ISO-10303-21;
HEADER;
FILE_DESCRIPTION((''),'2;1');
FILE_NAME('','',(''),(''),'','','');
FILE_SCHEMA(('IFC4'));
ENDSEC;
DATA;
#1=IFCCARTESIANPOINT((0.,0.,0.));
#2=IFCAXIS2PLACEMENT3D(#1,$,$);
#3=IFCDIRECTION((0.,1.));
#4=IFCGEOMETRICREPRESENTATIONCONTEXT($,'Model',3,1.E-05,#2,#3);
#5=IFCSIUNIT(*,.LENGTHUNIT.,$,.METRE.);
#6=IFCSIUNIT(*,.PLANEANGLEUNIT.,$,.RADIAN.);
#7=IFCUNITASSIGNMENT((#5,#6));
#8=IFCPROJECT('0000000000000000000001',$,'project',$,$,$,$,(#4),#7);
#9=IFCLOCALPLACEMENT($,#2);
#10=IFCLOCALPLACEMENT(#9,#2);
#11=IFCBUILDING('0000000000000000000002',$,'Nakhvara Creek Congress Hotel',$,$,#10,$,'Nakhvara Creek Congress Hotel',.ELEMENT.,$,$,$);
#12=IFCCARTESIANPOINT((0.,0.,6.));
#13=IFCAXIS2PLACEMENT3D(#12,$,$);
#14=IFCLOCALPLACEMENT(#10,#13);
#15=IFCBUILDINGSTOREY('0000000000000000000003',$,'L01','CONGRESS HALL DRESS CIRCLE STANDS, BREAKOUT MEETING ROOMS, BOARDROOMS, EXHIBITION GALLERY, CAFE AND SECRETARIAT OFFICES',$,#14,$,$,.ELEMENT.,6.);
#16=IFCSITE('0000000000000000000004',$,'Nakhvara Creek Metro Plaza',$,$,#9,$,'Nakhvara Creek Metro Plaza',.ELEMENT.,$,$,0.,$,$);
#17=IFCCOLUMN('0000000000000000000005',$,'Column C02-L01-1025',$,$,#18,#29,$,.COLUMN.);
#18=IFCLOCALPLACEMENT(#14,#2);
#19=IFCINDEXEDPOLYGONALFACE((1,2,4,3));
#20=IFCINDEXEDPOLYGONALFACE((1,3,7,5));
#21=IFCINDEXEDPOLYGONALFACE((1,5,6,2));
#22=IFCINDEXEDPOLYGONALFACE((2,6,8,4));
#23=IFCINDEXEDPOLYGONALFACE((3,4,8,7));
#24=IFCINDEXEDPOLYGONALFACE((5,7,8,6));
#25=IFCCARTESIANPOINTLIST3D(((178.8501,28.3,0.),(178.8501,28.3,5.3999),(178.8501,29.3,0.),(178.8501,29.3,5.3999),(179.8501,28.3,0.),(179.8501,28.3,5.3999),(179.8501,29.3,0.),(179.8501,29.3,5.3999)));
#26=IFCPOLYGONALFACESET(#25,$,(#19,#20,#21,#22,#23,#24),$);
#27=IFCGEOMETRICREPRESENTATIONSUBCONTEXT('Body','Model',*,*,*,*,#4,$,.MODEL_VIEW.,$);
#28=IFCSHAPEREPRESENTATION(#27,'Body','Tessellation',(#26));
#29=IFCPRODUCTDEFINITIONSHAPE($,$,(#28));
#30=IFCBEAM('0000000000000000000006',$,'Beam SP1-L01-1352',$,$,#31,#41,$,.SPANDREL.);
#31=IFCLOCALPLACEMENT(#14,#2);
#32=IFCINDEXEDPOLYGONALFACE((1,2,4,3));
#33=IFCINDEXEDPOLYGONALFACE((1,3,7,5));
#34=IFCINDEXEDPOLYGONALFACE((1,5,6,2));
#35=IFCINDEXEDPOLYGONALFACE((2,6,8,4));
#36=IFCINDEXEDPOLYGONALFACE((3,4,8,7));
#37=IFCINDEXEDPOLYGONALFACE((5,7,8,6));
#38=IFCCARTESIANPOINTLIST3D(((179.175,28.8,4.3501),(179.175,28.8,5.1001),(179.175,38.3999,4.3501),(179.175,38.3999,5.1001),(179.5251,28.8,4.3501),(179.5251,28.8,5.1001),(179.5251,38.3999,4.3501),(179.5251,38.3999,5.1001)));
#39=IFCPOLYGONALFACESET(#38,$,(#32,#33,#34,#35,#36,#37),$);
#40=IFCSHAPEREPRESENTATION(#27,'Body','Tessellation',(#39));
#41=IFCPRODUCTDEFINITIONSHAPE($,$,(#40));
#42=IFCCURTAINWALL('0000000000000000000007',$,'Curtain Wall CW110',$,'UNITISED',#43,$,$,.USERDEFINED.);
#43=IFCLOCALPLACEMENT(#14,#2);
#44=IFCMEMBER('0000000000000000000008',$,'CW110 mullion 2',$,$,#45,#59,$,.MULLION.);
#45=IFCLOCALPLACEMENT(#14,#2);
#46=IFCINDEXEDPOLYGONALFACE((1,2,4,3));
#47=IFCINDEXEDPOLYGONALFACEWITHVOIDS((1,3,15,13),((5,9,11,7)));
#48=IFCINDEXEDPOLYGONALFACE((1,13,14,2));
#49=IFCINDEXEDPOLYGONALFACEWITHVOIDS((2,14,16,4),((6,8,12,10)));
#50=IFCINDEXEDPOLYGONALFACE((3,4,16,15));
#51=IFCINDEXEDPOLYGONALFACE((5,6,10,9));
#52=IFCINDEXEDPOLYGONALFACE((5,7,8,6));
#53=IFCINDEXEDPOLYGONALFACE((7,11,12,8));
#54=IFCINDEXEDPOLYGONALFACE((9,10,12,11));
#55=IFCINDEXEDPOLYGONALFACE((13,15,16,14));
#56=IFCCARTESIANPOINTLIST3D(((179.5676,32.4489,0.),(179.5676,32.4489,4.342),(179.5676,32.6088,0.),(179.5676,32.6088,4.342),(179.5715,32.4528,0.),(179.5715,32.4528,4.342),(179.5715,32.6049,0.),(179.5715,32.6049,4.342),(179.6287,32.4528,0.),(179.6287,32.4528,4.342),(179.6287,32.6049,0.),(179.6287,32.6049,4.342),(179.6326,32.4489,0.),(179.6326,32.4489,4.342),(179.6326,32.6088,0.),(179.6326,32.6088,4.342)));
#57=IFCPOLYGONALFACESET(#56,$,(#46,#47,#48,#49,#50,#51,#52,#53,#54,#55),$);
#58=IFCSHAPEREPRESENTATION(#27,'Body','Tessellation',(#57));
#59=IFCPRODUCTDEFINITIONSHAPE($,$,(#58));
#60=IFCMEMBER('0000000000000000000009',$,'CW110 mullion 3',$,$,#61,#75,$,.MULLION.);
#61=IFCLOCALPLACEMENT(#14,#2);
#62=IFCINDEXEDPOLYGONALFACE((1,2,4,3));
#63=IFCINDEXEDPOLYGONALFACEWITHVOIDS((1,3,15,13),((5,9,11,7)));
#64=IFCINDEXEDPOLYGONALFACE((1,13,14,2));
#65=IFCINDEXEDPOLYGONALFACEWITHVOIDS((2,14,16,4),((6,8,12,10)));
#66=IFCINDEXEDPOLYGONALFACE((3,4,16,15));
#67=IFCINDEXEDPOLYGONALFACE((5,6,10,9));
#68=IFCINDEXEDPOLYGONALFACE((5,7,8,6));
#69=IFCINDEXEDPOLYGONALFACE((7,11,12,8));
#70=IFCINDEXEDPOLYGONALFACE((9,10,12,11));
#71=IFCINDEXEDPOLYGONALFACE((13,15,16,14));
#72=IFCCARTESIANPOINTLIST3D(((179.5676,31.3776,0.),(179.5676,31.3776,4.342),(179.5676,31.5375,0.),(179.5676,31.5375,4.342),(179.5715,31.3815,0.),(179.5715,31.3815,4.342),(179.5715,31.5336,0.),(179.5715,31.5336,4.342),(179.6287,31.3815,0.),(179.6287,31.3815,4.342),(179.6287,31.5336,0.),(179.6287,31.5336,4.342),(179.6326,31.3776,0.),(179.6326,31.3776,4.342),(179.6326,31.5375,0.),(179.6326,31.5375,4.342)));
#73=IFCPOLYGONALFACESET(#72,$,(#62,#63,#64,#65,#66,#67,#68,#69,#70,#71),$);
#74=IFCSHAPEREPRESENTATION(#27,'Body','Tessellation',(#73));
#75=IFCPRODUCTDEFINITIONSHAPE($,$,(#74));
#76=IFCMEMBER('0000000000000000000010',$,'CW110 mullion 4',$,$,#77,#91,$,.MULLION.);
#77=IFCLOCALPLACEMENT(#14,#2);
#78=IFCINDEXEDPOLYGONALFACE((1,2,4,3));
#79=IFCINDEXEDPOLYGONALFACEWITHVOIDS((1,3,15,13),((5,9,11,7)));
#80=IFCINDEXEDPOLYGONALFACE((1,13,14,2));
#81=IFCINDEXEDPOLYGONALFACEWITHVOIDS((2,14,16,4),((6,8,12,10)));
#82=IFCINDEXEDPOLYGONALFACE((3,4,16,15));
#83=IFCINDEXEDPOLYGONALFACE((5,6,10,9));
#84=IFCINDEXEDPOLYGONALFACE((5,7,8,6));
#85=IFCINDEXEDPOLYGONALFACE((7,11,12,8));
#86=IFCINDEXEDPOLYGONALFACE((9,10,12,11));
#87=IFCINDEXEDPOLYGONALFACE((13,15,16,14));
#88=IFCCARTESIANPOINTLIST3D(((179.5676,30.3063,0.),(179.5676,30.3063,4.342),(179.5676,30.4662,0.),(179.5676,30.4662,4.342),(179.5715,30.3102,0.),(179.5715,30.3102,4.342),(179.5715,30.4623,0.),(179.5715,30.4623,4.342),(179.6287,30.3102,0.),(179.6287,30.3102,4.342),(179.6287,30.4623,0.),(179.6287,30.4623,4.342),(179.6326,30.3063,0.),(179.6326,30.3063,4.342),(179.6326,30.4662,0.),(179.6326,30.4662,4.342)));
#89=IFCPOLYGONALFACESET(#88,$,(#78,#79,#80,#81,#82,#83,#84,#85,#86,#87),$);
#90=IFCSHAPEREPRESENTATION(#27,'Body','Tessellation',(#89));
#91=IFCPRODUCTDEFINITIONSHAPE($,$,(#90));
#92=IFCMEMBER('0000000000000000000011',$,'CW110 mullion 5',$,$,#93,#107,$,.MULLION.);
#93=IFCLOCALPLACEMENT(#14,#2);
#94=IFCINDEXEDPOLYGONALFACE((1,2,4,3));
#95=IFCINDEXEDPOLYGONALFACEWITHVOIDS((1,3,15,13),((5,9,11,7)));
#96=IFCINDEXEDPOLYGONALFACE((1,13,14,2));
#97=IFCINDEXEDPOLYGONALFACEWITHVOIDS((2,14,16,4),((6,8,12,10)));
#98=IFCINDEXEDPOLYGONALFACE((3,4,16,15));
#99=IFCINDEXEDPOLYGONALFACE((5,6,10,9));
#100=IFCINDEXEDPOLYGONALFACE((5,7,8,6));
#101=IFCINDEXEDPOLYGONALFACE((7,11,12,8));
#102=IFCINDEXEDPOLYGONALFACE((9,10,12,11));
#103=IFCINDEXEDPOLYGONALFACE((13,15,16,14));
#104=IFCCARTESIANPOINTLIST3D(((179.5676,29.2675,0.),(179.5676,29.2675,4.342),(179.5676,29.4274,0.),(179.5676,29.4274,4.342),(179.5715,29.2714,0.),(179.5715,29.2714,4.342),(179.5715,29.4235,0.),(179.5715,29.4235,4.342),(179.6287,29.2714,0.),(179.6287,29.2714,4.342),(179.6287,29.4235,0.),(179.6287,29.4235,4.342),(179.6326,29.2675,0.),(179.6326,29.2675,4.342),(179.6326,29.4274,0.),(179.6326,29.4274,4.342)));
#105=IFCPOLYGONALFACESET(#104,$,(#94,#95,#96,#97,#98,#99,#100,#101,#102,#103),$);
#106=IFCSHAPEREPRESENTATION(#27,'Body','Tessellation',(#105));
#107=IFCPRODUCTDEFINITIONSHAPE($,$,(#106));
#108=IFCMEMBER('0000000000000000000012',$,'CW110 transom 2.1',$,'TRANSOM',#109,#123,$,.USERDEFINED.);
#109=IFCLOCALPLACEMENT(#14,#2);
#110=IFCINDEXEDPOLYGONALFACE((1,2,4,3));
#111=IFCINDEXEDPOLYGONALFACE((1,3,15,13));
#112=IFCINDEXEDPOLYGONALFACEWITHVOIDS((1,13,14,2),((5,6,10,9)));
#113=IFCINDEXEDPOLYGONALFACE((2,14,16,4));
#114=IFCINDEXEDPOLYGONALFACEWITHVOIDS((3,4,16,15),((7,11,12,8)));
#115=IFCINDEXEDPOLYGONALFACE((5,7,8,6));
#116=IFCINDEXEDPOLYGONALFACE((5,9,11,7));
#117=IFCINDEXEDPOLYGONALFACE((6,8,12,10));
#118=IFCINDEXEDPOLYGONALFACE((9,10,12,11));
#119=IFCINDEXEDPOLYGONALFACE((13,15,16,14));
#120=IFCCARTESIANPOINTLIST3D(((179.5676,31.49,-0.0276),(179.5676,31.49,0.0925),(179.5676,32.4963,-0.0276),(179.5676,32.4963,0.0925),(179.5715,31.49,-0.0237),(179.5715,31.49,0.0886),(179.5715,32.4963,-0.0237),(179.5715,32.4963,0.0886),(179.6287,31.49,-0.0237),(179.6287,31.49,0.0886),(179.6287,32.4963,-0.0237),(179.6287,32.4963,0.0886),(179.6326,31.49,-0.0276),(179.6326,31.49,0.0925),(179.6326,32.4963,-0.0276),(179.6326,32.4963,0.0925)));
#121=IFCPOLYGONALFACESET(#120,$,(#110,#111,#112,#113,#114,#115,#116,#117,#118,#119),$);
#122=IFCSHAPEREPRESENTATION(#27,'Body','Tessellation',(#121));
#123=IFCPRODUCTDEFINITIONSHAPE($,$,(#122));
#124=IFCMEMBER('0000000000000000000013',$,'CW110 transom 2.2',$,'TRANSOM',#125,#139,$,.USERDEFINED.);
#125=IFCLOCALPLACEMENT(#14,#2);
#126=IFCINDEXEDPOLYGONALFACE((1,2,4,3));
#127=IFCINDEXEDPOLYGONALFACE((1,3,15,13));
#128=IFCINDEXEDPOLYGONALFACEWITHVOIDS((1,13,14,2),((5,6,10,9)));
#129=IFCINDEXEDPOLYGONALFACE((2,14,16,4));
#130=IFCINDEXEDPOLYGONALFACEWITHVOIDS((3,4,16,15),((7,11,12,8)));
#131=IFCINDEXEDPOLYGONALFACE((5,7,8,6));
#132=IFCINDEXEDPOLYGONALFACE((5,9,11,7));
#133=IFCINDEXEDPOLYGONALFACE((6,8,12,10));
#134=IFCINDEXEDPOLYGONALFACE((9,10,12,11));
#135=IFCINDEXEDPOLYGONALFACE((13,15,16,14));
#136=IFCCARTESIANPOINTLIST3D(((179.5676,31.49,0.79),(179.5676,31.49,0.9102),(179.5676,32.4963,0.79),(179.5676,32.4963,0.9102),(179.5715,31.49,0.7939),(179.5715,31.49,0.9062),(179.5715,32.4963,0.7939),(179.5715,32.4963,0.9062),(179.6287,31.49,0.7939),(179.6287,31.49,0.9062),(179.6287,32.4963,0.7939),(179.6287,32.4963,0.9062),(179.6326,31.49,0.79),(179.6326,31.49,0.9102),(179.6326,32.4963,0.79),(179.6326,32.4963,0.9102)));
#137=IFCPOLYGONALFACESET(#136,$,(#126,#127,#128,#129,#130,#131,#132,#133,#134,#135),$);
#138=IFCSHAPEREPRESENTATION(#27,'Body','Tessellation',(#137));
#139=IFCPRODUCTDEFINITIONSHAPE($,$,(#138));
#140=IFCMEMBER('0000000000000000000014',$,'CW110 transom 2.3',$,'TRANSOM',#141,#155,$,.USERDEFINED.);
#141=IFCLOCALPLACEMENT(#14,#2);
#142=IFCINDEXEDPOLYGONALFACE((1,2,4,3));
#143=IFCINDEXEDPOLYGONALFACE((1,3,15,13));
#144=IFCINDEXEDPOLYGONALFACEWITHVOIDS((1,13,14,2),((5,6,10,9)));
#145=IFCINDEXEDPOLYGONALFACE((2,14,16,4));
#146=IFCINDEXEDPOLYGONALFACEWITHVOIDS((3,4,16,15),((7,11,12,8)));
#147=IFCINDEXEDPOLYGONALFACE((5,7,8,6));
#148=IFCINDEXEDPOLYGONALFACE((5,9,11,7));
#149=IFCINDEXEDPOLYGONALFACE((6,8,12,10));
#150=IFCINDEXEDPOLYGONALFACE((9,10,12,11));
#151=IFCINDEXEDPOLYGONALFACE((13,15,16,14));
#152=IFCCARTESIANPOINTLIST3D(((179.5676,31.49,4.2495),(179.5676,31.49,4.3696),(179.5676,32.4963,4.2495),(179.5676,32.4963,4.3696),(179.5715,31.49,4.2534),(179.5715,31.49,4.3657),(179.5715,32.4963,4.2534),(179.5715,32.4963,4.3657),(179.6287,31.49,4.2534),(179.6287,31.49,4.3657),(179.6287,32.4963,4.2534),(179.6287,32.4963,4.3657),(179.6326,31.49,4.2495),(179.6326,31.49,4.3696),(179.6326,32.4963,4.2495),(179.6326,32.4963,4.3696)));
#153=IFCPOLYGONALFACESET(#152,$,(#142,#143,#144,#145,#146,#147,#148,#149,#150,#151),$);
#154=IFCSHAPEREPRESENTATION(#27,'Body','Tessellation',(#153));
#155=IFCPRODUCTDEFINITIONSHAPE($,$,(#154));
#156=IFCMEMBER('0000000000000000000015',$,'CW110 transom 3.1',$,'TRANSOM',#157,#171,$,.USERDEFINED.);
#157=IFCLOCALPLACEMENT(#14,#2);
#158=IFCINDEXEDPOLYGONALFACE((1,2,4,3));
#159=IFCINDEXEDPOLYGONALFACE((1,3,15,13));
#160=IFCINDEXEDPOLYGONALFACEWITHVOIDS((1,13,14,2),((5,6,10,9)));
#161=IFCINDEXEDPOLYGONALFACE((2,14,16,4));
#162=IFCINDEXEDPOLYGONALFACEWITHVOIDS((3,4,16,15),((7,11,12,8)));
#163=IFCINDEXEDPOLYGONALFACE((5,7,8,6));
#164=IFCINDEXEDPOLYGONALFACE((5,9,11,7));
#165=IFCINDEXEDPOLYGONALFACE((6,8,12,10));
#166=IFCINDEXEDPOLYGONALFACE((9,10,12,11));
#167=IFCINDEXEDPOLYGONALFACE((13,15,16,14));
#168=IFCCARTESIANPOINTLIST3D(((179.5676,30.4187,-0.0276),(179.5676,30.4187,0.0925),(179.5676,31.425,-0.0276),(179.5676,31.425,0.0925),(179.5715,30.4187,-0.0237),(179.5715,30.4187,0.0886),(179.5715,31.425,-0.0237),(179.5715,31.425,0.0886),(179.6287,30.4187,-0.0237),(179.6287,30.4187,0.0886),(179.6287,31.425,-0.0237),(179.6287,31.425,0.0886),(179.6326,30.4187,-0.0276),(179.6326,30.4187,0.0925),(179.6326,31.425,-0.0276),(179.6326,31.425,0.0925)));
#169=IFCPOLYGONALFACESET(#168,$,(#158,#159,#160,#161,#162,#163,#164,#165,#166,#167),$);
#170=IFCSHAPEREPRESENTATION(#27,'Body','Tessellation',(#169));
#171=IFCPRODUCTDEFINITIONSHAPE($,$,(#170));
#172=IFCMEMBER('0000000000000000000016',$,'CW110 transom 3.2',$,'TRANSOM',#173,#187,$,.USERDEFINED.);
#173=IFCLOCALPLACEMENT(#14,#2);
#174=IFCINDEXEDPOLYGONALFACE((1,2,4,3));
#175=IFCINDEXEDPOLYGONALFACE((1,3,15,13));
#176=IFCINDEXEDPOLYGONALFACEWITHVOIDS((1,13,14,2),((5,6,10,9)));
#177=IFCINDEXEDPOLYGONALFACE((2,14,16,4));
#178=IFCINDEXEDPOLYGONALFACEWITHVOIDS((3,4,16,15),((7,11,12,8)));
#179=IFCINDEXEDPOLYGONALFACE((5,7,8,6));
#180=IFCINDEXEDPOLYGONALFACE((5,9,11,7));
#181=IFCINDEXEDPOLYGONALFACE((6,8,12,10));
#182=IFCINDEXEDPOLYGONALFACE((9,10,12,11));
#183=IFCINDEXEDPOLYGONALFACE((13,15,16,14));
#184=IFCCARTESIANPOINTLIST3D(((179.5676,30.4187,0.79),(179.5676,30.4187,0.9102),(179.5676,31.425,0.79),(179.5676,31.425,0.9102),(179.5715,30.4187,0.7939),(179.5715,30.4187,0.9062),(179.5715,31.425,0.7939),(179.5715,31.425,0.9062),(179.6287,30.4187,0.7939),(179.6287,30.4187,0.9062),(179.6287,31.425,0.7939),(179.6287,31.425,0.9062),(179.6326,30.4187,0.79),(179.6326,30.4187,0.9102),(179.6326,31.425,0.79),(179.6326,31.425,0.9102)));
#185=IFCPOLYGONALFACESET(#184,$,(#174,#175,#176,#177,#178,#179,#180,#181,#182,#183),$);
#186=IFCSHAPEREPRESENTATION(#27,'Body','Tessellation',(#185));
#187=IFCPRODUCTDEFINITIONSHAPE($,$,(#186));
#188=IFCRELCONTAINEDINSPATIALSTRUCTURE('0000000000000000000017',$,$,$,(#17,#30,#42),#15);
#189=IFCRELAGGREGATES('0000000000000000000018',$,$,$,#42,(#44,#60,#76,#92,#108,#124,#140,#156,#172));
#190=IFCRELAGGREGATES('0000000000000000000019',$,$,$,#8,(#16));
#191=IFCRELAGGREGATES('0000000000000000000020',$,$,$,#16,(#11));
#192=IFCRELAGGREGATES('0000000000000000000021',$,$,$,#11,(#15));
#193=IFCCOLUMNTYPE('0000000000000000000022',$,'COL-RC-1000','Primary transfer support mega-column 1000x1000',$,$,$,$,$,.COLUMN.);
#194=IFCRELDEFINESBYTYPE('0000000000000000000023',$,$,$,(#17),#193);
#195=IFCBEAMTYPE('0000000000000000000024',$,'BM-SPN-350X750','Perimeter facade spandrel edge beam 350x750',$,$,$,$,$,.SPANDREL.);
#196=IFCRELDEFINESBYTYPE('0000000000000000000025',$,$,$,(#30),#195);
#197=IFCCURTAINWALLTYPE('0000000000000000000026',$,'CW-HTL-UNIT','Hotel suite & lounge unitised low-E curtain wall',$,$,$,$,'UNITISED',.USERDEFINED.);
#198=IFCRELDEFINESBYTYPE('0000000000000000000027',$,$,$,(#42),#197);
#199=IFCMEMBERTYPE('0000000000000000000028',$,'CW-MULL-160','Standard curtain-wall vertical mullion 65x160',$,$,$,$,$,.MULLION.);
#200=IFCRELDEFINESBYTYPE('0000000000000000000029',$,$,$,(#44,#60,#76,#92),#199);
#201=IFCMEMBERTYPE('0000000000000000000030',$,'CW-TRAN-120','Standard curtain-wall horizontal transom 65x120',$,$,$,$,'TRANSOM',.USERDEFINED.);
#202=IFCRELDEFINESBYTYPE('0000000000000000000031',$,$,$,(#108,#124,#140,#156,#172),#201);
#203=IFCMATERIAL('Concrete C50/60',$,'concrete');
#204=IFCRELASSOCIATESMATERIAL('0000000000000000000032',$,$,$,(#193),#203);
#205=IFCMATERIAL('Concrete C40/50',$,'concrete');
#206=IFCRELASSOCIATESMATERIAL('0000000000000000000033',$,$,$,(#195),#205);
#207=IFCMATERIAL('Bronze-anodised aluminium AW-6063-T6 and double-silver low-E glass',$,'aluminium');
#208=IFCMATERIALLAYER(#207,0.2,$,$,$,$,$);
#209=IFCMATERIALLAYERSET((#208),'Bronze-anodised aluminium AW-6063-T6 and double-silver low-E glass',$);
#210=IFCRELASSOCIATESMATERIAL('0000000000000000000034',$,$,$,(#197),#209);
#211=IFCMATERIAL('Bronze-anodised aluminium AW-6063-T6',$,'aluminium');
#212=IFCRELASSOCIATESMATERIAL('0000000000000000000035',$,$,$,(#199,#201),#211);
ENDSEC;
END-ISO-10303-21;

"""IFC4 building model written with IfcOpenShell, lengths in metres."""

from ifc_helpers import new_model, si_unit, direction, frame, origin, origin_2d, place, context, subcontext, project, spatial, rectangle, hollow_rectangle, extrude, material, layer, layer_set, material_profile, profile_set, type_object, element, aggregate, save


model = new_model("IFC4")

# Units and contexts
model_context = context("Model", 3, precision=1e-05, world=origin(), true_north=direction((0.0, 1.0)))
body_context = subcontext(model_context, "Body", "Model", "MODEL_VIEW")
ifc_project = project(units=[si_unit("LENGTHUNIT", "METRE"), si_unit("PLANEANGLEUNIT", "RADIAN")], contexts=[model_context])

# Site, building, storey
site_placement = place(None, origin())
site = spatial("IfcSite", under=ifc_project, at=site_placement, Name="Nakhvara Creek Metro Plaza", LongName="Nakhvara Creek Metro Plaza", CompositionType="ELEMENT", RefElevation=0.0)
building_placement = place(site_placement, origin())
building = spatial("IfcBuilding", under=site, at=building_placement, Name="Nakhvara Creek Congress Hotel", LongName="Nakhvara Creek Congress Hotel", CompositionType="ELEMENT")
storey_placement = place(building_placement, frame((0.0, 0.0, 6.0)))
storey = spatial("IfcBuildingStorey", under=building, at=storey_placement, Name="L01", Description="CONGRESS HALL DRESS CIRCLE STANDS, BREAKOUT MEETING ROOMS, BOARDROOMS, EXHIBITION GALLERY, CAFE AND SECRETARIAT OFFICES", CompositionType="ELEMENT", Elevation=6.0)

# Column
ifc_material_1 = material(Name="Concrete C50/60", Category="concrete")
ifc_material_profile_1 = material_profile(ifc_material_1, rectangle(XDim=1.0, YDim=1.0, at=origin_2d()), Name="RC-COL 1000x1000", Category="LoadBearing")
ifc_profile_set_1 = profile_set([ifc_material_profile_1], Name="Concrete C50/60")
column_type = type_object("IfcColumnType", Name="COL-RC-1000", Description="Primary transfer support mega-column 1000x1000", PredefinedType="COLUMN", material=ifc_profile_set_1)
column_placement = place(storey_placement, frame((179.3501, 28.8, 0.0), z_axis=(0.0, 0.0, 1.0), x_axis=(1.0, 0.0, 0.0)))
element("IfcColumn", 1, at=column_placement, inside=storey, type_object=column_type, Name="Column C02-L01-1025", PredefinedType="COLUMN", context=body_context, shape_type="SweptSolid", body=[
    extrude(rectangle(XDim=1.0, YDim=1.0, at=origin_2d()), origin(), (0.0, 0.0, 1.0), 5.3999),
])

# Beam
ifc_material_2 = material(Name="Concrete C40/50", Category="concrete")
ifc_material_profile_2 = material_profile(ifc_material_2, rectangle(XDim=0.3501, YDim=0.75, at=origin_2d()), Name="RC-SPANDREL 350x750", Category="LoadBearing")
ifc_profile_set_2 = profile_set([ifc_material_profile_2], Name="Concrete C40/50")
beam_type = type_object("IfcBeamType", Name="BM-SPN-350X750", Description="Perimeter facade spandrel edge beam 350x750", PredefinedType="SPANDREL", material=ifc_profile_set_2)
beam_placement = place(storey_placement, frame((179.3501, 28.8, 4.7251), z_axis=(0.0, 1.0, 0.0), x_axis=(-1.0, 0.0, 0.0)))
element("IfcBeam", 2, at=beam_placement, inside=storey, type_object=beam_type, Name="Beam SP1-L01-1352", PredefinedType="SPANDREL", context=body_context, shape_type="SweptSolid", body=[
    extrude(rectangle(XDim=0.3501, YDim=0.75, at=origin_2d()), origin(), (0.0, 0.0, 1.0), 9.5999),
])

# Curtain wall, members
ifc_material_3 = material(Name="Bronze-anodised aluminium AW-6063-T6 and double-silver low-E glass", Category="aluminium")
ifc_layer_1 = layer(ifc_material_3, 0.2)
ifc_layer_set_1 = layer_set([ifc_layer_1], Name="Bronze-anodised aluminium AW-6063-T6 and double-silver low-E glass")
curtain_wall_type = type_object("IfcCurtainWallType", Name="CW-HTL-UNIT", Description="Hotel suite & lounge unitised low-E curtain wall", ElementType="UNITISED", PredefinedType="USERDEFINED", material=ifc_layer_set_1)
curtain_wall_placement = place(storey_placement, origin())
curtain_wall = element("IfcCurtainWall", 3, at=curtain_wall_placement, inside=storey, type_object=curtain_wall_type, Name="Curtain Wall CW110", ObjectType="UNITISED", PredefinedType="USERDEFINED")
ifc_material_4 = material(Name="Bronze-anodised aluminium AW-6063-T6", Category="aluminium")
ifc_material_profile_3 = material_profile(ifc_material_4, hollow_rectangle(XDim=0.0649, YDim=0.1599, WallThickness=0.0039, at=origin_2d()), Name="ALU-MULL 65x160x4", Category="LoadBearing")
ifc_profile_set_3 = profile_set([ifc_material_profile_3], Name="Bronze-anodised aluminium AW-6063-T6")
member_type_1 = type_object("IfcMemberType", Name="CW-MULL-160", Description="Standard curtain-wall vertical mullion 65x160", PredefinedType="MULLION", material=ifc_profile_set_3)
member_1_placement = place(storey_placement, frame((179.6001, 32.5288, 0.0), z_axis=(0.0, 0.0, 1.0), x_axis=(1.0, 0.0, 0.0)))
member_1 = element("IfcMember", 4, at=member_1_placement, type_object=member_type_1, Name="CW110 mullion 2", PredefinedType="MULLION", context=body_context, shape_type="SweptSolid", body=[
    extrude(hollow_rectangle(XDim=0.0649, YDim=0.1599, WallThickness=0.0039, at=origin_2d()), origin(), (0.0, 0.0, 1.0), 4.342),
])
member_2_placement = place(storey_placement, frame((179.6001, 31.4575, 0.0), z_axis=(0.0, 0.0, 1.0), x_axis=(1.0, 0.0, 0.0)))
member_2 = element("IfcMember", 5, at=member_2_placement, type_object=member_type_1, Name="CW110 mullion 3", PredefinedType="MULLION", context=body_context, shape_type="SweptSolid", body=[
    extrude(hollow_rectangle(XDim=0.0649, YDim=0.1599, WallThickness=0.0039, at=origin_2d()), origin(), (0.0, 0.0, 1.0), 4.342),
])
member_3_placement = place(storey_placement, frame((179.6001, 30.3862, 0.0), z_axis=(0.0, 0.0, 1.0), x_axis=(1.0, 0.0, 0.0)))
member_3 = element("IfcMember", 6, at=member_3_placement, type_object=member_type_1, Name="CW110 mullion 4", PredefinedType="MULLION", context=body_context, shape_type="SweptSolid", body=[
    extrude(hollow_rectangle(XDim=0.0649, YDim=0.1599, WallThickness=0.0039, at=origin_2d()), origin(), (0.0, 0.0, 1.0), 4.342),
])
member_4_placement = place(storey_placement, frame((179.6001, 29.3474, 0.0), z_axis=(0.0, 0.0, 1.0), x_axis=(1.0, 0.0, 0.0)))
member_4 = element("IfcMember", 7, at=member_4_placement, type_object=member_type_1, Name="CW110 mullion 5", PredefinedType="MULLION", context=body_context, shape_type="SweptSolid", body=[
    extrude(hollow_rectangle(XDim=0.0649, YDim=0.1599, WallThickness=0.0039, at=origin_2d()), origin(), (0.0, 0.0, 1.0), 4.342),
])
ifc_material_profile_4 = material_profile(ifc_material_4, hollow_rectangle(XDim=0.0649, YDim=0.1201, WallThickness=0.0039, at=origin_2d()), Name="ALU-TRAN 65x120x4", Category="LoadBearing")
ifc_profile_set_4 = profile_set([ifc_material_profile_4], Name="Bronze-anodised aluminium AW-6063-T6")
member_type_2 = type_object("IfcMemberType", Name="CW-TRAN-120", Description="Standard curtain-wall horizontal transom 65x120", ElementType="TRANSOM", PredefinedType="USERDEFINED", material=ifc_profile_set_4)
member_5_placement = place(storey_placement, frame((179.6001, 32.4963, 0.0325), z_axis=(0.0, -1.0, 0.0), x_axis=(1.0, 0.0, 0.0)))
member_5 = element("IfcMember", 8, at=member_5_placement, type_object=member_type_2, Name="CW110 transom 2.1", ObjectType="TRANSOM", PredefinedType="USERDEFINED", context=body_context, shape_type="SweptSolid", body=[
    extrude(hollow_rectangle(XDim=0.0649, YDim=0.1201, WallThickness=0.0039, at=origin_2d()), origin(), (0.0, 0.0, 1.0), 1.0063),
])
member_6_placement = place(storey_placement, frame((179.6001, 32.4963, 0.8501), z_axis=(0.0, -1.0, 0.0), x_axis=(1.0, 0.0, 0.0)))
member_6 = element("IfcMember", 9, at=member_6_placement, type_object=member_type_2, Name="CW110 transom 2.2", ObjectType="TRANSOM", PredefinedType="USERDEFINED", context=body_context, shape_type="SweptSolid", body=[
    extrude(hollow_rectangle(XDim=0.0649, YDim=0.1201, WallThickness=0.0039, at=origin_2d()), origin(), (0.0, 0.0, 1.0), 1.0063),
])
member_7_placement = place(storey_placement, frame((179.6001, 32.4963, 4.3096), z_axis=(0.0, -1.0, 0.0), x_axis=(1.0, 0.0, 0.0)))
member_7 = element("IfcMember", 10, at=member_7_placement, type_object=member_type_2, Name="CW110 transom 2.3", ObjectType="TRANSOM", PredefinedType="USERDEFINED", context=body_context, shape_type="SweptSolid", body=[
    extrude(hollow_rectangle(XDim=0.0649, YDim=0.1201, WallThickness=0.0039, at=origin_2d()), origin(), (0.0, 0.0, 1.0), 1.0063),
])
member_8_placement = place(storey_placement, frame((179.6001, 31.425, 0.0325), z_axis=(0.0, -1.0, 0.0), x_axis=(1.0, 0.0, 0.0)))
member_8 = element("IfcMember", 11, at=member_8_placement, type_object=member_type_2, Name="CW110 transom 3.1", ObjectType="TRANSOM", PredefinedType="USERDEFINED", context=body_context, shape_type="SweptSolid", body=[
    extrude(hollow_rectangle(XDim=0.0649, YDim=0.1201, WallThickness=0.0039, at=origin_2d()), origin(), (0.0, 0.0, 1.0), 1.0063),
])
member_9_placement = place(storey_placement, frame((179.6001, 31.425, 0.8501), z_axis=(0.0, -1.0, 0.0), x_axis=(1.0, 0.0, 0.0)))
member_9 = element("IfcMember", 12, at=member_9_placement, type_object=member_type_2, Name="CW110 transom 3.2", ObjectType="TRANSOM", PredefinedType="USERDEFINED", context=body_context, shape_type="SweptSolid", body=[
    extrude(hollow_rectangle(XDim=0.0649, YDim=0.1201, WallThickness=0.0039, at=origin_2d()), origin(), (0.0, 0.0, 1.0), 1.0063),
])
aggregate(curtain_wall, [member_1, member_2, member_3, member_4, member_5, member_6, member_7, member_8, member_9])

save(model, "model.ifc")
